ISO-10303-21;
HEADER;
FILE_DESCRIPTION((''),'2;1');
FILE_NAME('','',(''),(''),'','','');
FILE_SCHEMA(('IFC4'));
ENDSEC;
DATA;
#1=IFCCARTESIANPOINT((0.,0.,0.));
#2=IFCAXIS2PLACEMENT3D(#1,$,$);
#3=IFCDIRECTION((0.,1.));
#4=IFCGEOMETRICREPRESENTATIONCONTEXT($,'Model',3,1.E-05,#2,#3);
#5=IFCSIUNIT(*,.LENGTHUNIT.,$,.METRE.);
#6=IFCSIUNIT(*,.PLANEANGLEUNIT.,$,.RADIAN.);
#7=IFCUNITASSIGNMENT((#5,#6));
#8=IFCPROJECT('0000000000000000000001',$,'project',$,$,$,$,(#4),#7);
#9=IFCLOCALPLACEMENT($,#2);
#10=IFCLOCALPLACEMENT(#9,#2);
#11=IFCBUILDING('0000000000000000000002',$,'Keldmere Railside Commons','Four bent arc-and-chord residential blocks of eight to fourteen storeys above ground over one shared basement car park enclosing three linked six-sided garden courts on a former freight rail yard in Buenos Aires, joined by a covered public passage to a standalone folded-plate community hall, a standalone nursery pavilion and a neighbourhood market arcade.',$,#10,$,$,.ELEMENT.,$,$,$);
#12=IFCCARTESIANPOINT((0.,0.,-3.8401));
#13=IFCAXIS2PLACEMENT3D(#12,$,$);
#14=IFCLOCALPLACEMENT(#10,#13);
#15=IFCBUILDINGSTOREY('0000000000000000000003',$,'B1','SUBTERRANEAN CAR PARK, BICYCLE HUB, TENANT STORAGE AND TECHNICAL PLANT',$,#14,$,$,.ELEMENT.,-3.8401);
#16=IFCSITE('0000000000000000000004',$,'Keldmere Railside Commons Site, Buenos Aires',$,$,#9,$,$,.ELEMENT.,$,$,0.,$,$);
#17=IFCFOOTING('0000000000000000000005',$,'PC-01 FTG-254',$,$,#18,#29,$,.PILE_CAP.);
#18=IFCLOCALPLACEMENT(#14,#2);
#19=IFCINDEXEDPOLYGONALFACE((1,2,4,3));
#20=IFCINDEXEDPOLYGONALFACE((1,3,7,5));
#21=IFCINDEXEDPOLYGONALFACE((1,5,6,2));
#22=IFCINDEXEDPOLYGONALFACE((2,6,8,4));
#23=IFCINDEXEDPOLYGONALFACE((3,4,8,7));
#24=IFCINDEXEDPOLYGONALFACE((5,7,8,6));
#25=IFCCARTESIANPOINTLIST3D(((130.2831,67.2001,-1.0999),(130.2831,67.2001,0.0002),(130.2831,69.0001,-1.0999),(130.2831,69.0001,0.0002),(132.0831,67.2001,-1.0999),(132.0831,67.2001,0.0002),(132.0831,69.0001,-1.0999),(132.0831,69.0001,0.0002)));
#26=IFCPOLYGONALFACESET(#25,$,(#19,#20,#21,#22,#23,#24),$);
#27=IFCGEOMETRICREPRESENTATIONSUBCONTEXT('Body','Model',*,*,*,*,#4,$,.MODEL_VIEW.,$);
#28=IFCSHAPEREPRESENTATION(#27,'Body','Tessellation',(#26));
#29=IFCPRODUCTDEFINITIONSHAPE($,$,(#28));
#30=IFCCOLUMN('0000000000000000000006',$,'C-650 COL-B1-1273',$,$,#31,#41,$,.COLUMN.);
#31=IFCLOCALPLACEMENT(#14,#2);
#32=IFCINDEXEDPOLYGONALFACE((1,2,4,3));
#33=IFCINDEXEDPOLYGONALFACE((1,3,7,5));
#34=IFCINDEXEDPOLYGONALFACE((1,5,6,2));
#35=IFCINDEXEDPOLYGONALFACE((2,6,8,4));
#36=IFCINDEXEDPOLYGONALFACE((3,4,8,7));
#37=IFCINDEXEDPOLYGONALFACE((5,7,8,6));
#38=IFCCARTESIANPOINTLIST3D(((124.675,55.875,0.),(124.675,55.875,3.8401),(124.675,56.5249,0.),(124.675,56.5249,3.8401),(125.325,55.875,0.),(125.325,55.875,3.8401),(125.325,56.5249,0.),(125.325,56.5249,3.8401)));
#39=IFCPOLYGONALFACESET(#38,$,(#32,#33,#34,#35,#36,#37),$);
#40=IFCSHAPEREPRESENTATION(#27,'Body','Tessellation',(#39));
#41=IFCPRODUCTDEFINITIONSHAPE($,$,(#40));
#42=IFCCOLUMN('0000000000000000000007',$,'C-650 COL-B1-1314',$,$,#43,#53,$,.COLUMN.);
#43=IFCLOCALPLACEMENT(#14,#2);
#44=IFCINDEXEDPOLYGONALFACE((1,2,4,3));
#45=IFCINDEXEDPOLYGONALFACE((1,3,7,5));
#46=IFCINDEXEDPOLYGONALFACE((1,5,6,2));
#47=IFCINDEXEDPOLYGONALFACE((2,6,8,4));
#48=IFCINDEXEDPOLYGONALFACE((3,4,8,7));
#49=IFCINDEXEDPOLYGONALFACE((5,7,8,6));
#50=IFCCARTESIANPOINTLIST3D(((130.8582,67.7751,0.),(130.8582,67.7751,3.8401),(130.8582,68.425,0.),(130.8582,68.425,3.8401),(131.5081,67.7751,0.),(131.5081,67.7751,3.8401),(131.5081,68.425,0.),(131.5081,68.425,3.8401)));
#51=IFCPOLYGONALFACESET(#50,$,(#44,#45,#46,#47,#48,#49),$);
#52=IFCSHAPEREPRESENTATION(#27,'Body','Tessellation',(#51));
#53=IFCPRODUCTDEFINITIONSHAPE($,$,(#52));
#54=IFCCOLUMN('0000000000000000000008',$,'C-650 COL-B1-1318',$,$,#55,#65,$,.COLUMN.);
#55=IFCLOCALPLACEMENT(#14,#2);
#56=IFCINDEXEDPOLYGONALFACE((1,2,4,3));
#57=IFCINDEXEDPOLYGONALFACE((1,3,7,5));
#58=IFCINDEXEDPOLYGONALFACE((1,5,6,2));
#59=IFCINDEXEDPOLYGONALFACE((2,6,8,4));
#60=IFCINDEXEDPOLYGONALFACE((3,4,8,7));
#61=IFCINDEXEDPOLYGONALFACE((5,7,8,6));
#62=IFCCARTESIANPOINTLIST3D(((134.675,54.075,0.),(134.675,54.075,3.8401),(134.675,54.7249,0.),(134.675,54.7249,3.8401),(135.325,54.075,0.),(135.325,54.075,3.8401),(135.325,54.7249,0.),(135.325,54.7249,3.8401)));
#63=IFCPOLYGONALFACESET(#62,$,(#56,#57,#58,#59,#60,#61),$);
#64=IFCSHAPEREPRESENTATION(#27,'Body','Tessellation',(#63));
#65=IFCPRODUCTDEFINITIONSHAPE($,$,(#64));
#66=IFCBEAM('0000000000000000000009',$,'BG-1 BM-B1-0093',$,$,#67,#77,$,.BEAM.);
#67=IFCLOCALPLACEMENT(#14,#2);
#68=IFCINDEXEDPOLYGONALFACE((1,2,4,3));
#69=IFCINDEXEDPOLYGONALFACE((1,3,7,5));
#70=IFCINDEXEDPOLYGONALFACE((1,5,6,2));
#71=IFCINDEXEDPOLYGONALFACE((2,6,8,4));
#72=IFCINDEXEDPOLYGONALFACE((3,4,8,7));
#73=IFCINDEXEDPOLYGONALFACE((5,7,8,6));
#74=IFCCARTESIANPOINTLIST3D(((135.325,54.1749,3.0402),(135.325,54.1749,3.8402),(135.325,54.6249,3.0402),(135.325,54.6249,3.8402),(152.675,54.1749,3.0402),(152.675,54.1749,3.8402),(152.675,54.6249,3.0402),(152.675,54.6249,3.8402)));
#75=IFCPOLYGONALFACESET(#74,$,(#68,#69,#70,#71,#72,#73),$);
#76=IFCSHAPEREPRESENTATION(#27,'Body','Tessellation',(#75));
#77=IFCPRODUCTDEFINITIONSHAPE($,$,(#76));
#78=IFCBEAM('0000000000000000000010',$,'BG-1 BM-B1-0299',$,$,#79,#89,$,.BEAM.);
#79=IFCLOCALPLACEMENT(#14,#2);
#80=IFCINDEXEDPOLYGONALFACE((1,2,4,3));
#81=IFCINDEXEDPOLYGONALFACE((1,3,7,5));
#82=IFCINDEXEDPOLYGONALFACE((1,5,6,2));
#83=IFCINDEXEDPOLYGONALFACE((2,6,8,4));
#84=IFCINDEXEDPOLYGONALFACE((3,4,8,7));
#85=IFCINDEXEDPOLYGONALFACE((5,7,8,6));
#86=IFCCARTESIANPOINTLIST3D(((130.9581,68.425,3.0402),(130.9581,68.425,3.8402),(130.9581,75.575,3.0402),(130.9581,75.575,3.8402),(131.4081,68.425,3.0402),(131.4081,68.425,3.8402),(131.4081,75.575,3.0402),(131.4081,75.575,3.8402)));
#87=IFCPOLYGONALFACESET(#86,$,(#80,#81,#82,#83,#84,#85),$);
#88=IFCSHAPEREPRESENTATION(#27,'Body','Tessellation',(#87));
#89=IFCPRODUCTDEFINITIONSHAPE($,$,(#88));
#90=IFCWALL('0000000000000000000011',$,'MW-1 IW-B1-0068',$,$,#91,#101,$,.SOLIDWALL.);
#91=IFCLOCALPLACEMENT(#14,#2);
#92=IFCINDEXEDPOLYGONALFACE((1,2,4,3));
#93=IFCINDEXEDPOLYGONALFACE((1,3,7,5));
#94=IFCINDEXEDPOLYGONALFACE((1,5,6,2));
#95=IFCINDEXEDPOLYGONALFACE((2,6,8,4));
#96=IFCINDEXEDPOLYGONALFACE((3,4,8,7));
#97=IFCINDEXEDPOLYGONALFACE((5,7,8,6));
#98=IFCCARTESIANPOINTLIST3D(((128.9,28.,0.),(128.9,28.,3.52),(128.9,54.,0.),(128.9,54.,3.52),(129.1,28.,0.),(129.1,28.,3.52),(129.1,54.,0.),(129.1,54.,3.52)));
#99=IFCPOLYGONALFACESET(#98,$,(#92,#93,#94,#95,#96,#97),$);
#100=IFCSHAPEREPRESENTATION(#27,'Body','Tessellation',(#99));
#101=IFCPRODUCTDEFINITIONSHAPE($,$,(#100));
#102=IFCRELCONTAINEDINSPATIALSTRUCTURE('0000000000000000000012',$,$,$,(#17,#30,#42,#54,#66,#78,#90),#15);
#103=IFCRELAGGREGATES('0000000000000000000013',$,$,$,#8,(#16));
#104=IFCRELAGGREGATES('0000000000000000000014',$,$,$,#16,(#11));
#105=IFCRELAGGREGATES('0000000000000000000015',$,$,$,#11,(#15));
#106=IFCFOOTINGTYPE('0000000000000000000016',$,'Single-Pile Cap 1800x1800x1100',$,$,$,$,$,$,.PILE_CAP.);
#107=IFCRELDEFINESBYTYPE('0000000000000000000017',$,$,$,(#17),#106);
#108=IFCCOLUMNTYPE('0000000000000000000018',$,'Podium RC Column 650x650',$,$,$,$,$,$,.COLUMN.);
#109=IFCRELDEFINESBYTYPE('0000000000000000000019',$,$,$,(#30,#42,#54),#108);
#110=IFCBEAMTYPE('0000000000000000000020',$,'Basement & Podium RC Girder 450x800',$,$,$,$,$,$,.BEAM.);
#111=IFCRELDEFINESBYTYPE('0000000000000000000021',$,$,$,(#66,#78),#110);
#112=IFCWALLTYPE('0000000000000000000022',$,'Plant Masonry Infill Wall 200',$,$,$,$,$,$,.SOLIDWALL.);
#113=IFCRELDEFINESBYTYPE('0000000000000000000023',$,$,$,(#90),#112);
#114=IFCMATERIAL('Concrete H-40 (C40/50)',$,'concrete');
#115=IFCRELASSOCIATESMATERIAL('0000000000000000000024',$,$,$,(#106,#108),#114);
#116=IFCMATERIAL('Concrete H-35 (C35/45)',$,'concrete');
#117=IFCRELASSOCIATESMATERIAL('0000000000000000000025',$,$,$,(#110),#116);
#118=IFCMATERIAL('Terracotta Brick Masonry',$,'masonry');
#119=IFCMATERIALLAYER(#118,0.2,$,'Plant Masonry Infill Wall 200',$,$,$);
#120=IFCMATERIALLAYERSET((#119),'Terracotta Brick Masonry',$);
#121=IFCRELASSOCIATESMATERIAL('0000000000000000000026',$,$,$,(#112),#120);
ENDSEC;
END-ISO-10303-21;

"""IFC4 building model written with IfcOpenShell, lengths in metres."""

from ifc_helpers import new_model, si_unit, direction, frame, frame_2d, origin, origin_2d, place, context, subcontext, project, spatial, rectangle, extrude, material, layer, layer_set, material_profile, profile_set, type_object, element, save


model = new_model("IFC4")

# Units and contexts
model_context = context("Model", 3, precision=1e-05, world=origin(), true_north=direction((0.0, 1.0)))
body_context = subcontext(model_context, "Body", "Model", "MODEL_VIEW")
ifc_project = project(units=[si_unit("LENGTHUNIT", "METRE"), si_unit("PLANEANGLEUNIT", "RADIAN")], contexts=[model_context])

# Site, building, storey
site_placement = place(None, origin())
site = spatial("IfcSite", under=ifc_project, at=site_placement, Name="Keldmere Railside Commons Site, Buenos Aires", CompositionType="ELEMENT", RefElevation=0.0)
building_placement = place(site_placement, origin())
building = spatial("IfcBuilding", under=site, at=building_placement, Name="Keldmere Railside Commons", Description="Four bent arc-and-chord residential blocks of eight to fourteen storeys above ground over one shared basement car park enclosing three linked six-sided garden courts on a former freight rail yard in Buenos Aires, joined by a covered public passage to a standalone folded-plate community hall, a standalone nursery pavilion and a neighbourhood market arcade.", CompositionType="ELEMENT")
storey_placement = place(building_placement, frame((0.0, 0.0, -3.8401)))
storey = spatial("IfcBuildingStorey", under=building, at=storey_placement, Name="B1", Description="SUBTERRANEAN CAR PARK, BICYCLE HUB, TENANT STORAGE AND TECHNICAL PLANT", CompositionType="ELEMENT", Elevation=-3.8401)

# Footing
ifc_material_1 = material(Name="Concrete H-40 (C40/50)", Category="concrete")
footing_type_1 = type_object("IfcFootingType", Name="Single-Pile Cap 1800x1800x1100", PredefinedType="PILE_CAP", material=ifc_material_1)
for number, where, z_axis, x_axis, name in (
    (1, (131.1831, 68.1001, -1.0999), (0.0, 0.0, 1.0), (1.0, 0.0, 0.0), "PC-01 FTG-254"),
):
    element("IfcFooting", number, at=place(storey_placement, frame(where, z_axis=z_axis, x_axis=x_axis)), inside=storey, type_object=footing_type_1, Name=name, PredefinedType="PILE_CAP", context=body_context, shape_type="SweptSolid", body=[
        extrude(rectangle(XDim=1.8, YDim=1.8, at=origin_2d()), origin(), (0.0, 0.0, 1.0), 1.1001),
    ])

# Columns
ifc_material_profile_1 = material_profile(ifc_material_1, rectangle(XDim=0.6499, YDim=0.6499, at=origin_2d()), Name="RC-650x650")
ifc_profile_set_1 = profile_set([ifc_material_profile_1], Name="Concrete H-40 (C40/50)")
column_type = type_object("IfcColumnType", Name="Podium RC Column 650x650", PredefinedType="COLUMN", material=ifc_profile_set_1)
for number, where, z_axis, x_axis, name in (
    (2, (125.0, 56.2, 0.0), (0.0, 0.0, 1.0), (1.0, 0.0, 0.0), "C-650 COL-B1-1273"),
    (3, (131.1831, 68.1001, 0.0), (0.0, 0.0, 1.0), (1.0, 0.0, 0.0), "C-650 COL-B1-1314"),
    (4, (135.0, 54.3999, 0.0), (0.0, 0.0, 1.0), (1.0, 0.0, 0.0), "C-650 COL-B1-1318"),
):
    element("IfcColumn", number, at=place(storey_placement, frame(where, z_axis=z_axis, x_axis=x_axis)), inside=storey, type_object=column_type, Name=name, PredefinedType="COLUMN", context=body_context, shape_type="SweptSolid", body=[
        extrude(rectangle(XDim=0.6499, YDim=0.6499, at=origin_2d()), origin(), (0.0, 0.0, 1.0), 3.8401),
    ])

# Beams
ifc_material_2 = material(Name="Concrete H-35 (C35/45)", Category="concrete")
ifc_material_profile_2 = material_profile(ifc_material_2, rectangle(XDim=0.45, YDim=0.8, at=origin_2d()), Name="RC-450x800")
ifc_profile_set_2 = profile_set([ifc_material_profile_2], Name="Concrete H-35 (C35/45)")
beam_type = type_object("IfcBeamType", Name="Basement & Podium RC Girder 450x800", PredefinedType="BEAM", material=ifc_profile_set_2)
beam_1_placement = place(storey_placement, frame((135.325, 54.3999, 3.4402), z_axis=(1.0, 0.0, 0.0), x_axis=(0.0, 1.0, 0.0)))
element("IfcBeam", 5, at=beam_1_placement, inside=storey, type_object=beam_type, Name="BG-1 BM-B1-0093", PredefinedType="BEAM", context=body_context, shape_type="SweptSolid", body=[
    extrude(rectangle(XDim=0.45, YDim=0.8, at=origin_2d()), origin(), (0.0, 0.0, 1.0), 17.3501),
])
beam_2_placement = place(storey_placement, frame((131.1831, 68.425, 3.4402), z_axis=(0.0, 1.0, 0.0), x_axis=(-1.0, 0.0, 0.0)))
element("IfcBeam", 6, at=beam_2_placement, inside=storey, type_object=beam_type, Name="BG-1 BM-B1-0299", PredefinedType="BEAM", context=body_context, shape_type="SweptSolid", body=[
    extrude(rectangle(XDim=0.45, YDim=0.8, at=origin_2d()), origin(), (0.0, 0.0, 1.0), 7.1499),
])

# Wall
ifc_material_3 = material(Name="Terracotta Brick Masonry", Category="masonry")
ifc_layer = layer(ifc_material_3, 0.2, Name="Plant Masonry Infill Wall 200")
ifc_layer_set = layer_set([ifc_layer], Name="Terracotta Brick Masonry")
wall_type = type_object("IfcWallType", Name="Plant Masonry Infill Wall 200", PredefinedType="SOLIDWALL", material=ifc_layer_set)
wall_placement = place(storey_placement, frame((129.0, 54.0, 0.0), z_axis=(0.0, 0.0, 1.0), x_axis=(0.0, -1.0, 0.0)))
element("IfcWall", 7, at=wall_placement, inside=storey, type_object=wall_type, Name="MW-1 IW-B1-0068", PredefinedType="SOLIDWALL", context=body_context, shape_type="SweptSolid", body=[
    extrude(rectangle(XDim=26.0, YDim=0.2, at=frame_2d((13.0, 0.0))), origin(), (0.0, 0.0, 1.0), 3.52),
])

save(model, "model.ifc")
